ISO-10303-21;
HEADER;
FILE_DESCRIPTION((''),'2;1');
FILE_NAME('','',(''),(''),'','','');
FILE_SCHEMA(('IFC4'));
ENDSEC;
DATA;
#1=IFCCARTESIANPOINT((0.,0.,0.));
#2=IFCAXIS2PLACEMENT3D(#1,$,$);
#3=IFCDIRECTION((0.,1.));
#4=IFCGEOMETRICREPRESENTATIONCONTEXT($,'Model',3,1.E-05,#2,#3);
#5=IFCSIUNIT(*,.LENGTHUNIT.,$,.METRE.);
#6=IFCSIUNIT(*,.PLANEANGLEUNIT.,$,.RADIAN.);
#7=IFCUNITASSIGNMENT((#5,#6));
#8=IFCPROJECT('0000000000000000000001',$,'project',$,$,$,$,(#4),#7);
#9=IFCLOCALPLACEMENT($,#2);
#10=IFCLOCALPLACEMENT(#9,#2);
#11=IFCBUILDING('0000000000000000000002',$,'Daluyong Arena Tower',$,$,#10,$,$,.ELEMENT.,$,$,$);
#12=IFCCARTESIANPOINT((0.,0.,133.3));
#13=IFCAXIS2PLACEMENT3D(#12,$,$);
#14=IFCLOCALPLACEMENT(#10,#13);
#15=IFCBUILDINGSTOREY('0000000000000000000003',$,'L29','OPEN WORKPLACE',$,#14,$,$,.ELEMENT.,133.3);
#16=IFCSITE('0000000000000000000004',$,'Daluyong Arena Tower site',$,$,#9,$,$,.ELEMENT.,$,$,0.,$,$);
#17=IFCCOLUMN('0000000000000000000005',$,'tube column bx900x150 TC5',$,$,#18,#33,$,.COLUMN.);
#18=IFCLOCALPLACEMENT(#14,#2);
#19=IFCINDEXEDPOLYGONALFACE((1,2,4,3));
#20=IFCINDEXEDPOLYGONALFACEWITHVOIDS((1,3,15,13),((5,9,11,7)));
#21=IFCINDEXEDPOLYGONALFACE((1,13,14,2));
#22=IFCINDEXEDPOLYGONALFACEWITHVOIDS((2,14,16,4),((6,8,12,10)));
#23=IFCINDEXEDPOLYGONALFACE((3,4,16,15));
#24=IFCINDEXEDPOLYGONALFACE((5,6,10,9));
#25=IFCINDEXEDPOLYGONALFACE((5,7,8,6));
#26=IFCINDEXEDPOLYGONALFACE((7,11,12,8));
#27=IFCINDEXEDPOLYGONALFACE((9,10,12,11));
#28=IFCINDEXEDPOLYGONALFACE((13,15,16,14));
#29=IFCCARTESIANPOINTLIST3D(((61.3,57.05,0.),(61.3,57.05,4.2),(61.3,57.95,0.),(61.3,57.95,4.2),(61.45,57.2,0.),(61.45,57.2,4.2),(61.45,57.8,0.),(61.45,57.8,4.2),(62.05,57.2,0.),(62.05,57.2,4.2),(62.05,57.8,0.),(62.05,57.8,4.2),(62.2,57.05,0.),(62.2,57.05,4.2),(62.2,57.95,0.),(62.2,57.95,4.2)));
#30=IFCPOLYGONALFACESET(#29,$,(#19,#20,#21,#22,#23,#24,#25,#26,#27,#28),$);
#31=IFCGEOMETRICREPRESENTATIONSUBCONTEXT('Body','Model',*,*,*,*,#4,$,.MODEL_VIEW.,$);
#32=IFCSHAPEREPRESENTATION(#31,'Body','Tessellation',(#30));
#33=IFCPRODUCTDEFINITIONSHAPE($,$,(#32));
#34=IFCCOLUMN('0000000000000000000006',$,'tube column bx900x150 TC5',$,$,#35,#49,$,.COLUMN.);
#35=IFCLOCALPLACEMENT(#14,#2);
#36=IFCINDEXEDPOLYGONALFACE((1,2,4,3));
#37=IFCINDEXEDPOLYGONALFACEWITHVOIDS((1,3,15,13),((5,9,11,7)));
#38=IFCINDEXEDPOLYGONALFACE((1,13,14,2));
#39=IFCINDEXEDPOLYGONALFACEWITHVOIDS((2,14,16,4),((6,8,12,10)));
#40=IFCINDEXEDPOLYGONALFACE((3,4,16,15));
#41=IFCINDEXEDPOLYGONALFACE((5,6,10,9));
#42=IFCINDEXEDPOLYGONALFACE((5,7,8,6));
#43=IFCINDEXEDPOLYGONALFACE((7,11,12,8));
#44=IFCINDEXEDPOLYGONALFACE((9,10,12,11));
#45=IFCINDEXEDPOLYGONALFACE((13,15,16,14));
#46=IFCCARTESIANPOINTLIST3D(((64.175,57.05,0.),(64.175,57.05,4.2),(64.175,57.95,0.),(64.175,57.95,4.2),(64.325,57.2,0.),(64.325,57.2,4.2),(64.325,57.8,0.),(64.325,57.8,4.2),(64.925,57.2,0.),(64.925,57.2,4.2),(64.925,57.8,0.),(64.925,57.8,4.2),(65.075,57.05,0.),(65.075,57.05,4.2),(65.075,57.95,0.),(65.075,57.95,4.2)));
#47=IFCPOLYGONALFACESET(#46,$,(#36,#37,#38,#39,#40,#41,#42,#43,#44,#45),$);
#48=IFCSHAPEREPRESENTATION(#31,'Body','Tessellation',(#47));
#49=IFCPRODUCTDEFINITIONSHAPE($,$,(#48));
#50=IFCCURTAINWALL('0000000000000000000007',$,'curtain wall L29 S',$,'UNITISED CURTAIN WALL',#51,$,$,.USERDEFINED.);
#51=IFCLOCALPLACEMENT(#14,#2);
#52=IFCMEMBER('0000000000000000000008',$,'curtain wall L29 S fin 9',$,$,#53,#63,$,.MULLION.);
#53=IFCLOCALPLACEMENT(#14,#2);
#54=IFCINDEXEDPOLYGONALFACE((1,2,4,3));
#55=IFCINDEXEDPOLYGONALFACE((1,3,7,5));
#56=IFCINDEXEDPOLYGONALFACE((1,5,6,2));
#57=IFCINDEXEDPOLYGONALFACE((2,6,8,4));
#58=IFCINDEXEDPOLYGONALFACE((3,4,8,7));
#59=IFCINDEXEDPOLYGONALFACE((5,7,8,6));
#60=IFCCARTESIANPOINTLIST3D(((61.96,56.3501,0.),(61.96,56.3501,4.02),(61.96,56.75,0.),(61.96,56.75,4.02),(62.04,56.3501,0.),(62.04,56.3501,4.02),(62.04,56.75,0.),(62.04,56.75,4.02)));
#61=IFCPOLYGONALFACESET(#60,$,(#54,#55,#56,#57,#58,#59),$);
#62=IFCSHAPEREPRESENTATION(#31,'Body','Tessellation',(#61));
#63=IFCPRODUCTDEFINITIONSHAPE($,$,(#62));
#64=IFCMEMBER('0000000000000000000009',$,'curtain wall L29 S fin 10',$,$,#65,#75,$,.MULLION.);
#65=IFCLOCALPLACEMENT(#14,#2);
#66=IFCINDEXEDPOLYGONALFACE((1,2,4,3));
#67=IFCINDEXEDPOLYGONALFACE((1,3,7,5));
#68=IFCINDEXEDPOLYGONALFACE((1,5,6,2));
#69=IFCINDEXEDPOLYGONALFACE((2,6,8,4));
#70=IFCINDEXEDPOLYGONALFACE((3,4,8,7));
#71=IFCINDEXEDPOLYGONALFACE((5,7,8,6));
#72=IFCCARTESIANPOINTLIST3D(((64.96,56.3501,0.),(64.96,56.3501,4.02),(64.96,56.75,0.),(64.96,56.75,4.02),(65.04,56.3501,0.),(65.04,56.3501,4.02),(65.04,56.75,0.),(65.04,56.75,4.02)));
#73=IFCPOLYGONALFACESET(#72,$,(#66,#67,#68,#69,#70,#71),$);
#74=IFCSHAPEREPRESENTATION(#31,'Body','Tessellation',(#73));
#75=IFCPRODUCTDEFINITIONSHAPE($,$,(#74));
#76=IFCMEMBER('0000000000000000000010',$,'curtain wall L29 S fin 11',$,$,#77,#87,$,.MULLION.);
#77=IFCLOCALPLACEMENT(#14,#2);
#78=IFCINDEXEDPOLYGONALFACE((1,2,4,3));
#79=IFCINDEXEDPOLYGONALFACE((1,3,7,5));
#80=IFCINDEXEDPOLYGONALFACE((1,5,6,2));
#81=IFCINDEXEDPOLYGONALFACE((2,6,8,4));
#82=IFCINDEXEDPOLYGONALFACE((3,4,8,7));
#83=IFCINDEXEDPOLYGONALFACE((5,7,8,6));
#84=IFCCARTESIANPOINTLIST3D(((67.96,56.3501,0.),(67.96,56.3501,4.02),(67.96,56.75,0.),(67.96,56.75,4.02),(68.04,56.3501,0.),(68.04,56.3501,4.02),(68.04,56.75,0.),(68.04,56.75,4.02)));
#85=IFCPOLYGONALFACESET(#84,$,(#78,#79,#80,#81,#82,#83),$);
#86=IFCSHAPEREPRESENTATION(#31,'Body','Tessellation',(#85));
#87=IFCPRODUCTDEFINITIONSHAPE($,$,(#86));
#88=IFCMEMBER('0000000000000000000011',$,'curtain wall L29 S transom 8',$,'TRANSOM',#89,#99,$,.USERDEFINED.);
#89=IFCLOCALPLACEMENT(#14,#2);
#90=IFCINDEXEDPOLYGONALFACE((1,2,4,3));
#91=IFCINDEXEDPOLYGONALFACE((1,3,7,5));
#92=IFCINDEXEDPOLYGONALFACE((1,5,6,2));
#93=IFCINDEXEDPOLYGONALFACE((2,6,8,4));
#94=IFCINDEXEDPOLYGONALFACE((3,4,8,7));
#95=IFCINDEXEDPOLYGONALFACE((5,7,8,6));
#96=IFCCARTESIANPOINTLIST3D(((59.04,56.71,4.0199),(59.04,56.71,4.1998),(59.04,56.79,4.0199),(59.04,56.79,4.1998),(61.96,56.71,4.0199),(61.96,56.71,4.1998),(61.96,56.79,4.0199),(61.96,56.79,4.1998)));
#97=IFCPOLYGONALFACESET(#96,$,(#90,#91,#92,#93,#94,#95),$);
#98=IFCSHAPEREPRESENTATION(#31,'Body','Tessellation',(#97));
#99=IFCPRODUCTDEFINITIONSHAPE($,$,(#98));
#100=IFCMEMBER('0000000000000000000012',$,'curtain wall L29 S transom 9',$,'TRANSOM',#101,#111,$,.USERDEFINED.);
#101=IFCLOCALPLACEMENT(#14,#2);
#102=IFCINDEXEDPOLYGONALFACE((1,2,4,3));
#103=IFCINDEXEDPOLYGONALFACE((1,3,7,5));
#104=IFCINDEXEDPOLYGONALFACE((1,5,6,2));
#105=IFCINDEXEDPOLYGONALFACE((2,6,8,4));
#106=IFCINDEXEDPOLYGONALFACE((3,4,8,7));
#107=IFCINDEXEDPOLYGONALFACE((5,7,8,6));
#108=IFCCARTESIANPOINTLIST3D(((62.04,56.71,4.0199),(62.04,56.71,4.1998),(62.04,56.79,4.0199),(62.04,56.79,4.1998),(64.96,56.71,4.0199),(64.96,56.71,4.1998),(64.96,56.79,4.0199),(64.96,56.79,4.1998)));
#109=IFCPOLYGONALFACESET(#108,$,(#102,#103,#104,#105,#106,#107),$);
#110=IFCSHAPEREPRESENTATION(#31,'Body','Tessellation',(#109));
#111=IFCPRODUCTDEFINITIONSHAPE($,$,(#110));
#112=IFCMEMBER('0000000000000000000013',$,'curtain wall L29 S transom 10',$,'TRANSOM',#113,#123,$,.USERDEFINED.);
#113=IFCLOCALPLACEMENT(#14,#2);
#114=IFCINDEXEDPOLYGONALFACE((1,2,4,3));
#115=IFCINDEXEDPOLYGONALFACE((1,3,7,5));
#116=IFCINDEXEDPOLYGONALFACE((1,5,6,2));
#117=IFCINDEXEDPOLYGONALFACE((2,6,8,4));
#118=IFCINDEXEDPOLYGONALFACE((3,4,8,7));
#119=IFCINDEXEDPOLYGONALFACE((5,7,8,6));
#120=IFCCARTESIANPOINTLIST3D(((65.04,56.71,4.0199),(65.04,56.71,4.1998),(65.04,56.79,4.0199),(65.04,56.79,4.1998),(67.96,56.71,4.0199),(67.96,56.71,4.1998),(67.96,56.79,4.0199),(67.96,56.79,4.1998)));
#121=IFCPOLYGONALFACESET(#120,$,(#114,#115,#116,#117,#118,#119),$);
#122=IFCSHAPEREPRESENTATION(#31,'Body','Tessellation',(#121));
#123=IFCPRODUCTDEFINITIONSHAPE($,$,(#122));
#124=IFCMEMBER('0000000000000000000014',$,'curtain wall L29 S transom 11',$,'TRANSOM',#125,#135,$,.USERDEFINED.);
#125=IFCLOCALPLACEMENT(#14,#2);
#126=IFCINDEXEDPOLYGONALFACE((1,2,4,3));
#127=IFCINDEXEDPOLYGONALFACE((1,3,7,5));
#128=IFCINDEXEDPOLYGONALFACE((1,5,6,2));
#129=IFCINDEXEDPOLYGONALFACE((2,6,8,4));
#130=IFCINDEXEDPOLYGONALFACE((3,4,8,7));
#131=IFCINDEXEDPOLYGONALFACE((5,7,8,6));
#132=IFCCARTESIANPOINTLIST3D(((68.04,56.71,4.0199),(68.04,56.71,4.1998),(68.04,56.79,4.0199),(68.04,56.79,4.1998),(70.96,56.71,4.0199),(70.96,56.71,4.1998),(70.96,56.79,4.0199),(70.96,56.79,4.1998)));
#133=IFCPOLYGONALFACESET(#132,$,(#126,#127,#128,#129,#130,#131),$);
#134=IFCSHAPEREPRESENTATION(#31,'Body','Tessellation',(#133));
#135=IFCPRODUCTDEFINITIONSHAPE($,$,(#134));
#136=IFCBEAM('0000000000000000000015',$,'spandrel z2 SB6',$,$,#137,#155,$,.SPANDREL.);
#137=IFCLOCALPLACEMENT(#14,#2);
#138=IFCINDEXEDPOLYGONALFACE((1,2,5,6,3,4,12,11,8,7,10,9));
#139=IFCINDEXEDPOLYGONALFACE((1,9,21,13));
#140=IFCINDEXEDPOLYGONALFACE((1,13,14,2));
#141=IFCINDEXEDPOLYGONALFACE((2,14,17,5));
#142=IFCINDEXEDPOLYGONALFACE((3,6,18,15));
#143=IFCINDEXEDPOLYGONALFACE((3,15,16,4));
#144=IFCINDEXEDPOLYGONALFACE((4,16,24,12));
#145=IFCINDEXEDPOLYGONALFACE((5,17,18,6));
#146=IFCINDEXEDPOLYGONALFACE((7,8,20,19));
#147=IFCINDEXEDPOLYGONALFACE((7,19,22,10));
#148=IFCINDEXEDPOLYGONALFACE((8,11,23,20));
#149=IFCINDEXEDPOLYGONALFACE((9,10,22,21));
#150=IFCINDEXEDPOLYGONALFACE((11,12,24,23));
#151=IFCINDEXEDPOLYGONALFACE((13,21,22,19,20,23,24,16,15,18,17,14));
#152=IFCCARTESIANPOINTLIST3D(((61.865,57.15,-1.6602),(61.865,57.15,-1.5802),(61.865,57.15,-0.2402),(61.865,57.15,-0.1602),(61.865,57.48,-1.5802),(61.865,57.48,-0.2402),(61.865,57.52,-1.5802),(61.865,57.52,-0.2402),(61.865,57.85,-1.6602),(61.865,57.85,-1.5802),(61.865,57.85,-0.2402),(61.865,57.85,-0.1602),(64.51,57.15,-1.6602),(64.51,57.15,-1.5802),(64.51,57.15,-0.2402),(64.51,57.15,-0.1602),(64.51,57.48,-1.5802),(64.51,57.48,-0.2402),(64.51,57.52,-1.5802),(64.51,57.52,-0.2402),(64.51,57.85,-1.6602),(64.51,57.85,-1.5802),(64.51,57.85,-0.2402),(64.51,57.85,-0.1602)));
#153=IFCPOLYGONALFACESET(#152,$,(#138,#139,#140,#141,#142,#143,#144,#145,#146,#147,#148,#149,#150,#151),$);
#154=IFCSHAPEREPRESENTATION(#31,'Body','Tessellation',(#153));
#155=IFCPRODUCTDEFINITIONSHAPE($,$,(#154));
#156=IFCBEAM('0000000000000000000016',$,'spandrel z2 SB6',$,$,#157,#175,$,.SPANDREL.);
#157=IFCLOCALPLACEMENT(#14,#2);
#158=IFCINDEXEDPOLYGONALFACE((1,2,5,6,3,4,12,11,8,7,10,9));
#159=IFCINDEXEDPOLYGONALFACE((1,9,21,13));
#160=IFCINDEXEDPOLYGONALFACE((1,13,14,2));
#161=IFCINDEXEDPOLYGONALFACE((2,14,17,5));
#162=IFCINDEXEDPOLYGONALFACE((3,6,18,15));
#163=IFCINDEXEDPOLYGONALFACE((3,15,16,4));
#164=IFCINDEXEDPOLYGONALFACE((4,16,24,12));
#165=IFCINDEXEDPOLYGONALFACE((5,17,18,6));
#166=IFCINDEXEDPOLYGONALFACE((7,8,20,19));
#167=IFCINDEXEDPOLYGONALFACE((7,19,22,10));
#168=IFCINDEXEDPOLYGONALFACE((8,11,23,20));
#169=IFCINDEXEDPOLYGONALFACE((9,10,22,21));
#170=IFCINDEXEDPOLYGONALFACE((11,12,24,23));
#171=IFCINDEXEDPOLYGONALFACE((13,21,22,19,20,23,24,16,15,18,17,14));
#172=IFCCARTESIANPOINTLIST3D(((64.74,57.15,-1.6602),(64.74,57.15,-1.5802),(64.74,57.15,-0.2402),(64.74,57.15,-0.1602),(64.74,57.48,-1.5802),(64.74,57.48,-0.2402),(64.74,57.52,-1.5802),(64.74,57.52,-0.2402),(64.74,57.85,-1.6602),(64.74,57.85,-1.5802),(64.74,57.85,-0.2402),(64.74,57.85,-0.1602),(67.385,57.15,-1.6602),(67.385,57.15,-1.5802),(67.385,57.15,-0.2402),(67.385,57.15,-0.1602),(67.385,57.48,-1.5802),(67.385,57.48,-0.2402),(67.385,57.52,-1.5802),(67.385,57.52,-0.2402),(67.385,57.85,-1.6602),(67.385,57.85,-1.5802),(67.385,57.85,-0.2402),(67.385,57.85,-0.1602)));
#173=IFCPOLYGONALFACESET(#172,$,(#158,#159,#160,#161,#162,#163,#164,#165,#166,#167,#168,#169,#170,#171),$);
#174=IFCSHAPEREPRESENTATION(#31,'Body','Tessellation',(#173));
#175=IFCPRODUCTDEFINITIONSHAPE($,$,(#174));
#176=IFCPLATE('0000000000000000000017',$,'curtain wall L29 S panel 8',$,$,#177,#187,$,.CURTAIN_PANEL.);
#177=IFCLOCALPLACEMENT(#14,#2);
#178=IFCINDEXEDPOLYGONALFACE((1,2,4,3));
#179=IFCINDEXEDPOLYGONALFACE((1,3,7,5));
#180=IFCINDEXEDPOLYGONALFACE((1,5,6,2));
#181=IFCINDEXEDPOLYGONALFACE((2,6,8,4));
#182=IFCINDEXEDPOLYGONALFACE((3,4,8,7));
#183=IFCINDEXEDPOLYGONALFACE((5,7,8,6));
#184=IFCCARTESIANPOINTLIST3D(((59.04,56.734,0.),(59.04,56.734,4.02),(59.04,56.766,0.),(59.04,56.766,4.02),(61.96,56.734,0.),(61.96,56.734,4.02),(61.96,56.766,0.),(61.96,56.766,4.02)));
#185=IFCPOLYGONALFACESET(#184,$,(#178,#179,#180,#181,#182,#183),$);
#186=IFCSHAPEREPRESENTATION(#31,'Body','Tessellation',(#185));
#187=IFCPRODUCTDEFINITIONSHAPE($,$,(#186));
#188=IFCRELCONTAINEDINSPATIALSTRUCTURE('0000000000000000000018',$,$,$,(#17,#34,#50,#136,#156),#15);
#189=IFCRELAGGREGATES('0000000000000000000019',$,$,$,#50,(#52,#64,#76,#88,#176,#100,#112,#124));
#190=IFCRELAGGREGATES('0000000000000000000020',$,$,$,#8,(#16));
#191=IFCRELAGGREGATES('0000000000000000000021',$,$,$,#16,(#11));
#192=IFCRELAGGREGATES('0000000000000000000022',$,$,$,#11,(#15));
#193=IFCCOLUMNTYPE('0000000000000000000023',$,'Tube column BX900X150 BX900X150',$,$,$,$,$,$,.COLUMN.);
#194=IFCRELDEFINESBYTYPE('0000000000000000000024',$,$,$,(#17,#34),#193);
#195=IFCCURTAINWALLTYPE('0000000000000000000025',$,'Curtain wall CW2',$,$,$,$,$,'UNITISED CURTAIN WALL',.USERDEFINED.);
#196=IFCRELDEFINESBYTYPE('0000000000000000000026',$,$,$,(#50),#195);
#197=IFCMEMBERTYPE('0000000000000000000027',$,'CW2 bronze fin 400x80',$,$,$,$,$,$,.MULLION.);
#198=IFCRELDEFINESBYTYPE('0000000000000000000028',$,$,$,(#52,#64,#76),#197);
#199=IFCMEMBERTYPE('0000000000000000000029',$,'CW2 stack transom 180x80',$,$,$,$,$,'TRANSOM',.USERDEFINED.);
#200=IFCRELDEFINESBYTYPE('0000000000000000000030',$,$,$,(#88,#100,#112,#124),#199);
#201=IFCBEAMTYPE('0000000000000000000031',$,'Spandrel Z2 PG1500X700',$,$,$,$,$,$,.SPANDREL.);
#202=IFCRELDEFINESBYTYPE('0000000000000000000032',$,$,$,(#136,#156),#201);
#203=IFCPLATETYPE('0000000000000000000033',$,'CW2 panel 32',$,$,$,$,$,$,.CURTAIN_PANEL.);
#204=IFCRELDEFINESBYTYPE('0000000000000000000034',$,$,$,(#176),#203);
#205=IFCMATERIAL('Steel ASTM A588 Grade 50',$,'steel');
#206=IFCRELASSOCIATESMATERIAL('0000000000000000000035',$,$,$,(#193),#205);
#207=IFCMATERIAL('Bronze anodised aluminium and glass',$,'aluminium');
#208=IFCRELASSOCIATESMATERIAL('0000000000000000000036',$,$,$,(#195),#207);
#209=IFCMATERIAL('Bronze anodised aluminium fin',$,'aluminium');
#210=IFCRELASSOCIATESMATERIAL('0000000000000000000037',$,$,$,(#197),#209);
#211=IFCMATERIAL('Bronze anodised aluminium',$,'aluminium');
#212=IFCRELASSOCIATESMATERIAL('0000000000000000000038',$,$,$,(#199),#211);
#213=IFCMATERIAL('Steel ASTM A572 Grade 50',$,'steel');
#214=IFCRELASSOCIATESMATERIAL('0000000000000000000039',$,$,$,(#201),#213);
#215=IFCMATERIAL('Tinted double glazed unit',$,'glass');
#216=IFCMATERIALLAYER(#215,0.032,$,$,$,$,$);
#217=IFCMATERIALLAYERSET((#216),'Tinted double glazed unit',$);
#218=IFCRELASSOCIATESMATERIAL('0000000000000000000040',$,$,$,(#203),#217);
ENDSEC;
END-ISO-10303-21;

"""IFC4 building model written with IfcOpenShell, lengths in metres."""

from ifc_helpers import new_model, si_unit, direction, frame, origin, origin_2d, place, context, subcontext, project, spatial, rectangle, hollow_rectangle, i_section, extrude, material, layer, layer_set, material_profile, profile_set, type_object, element, aggregate, save


model = new_model("IFC4")

# Units and contexts
model_context = context("Model", 3, precision=1e-05, world=origin(), true_north=direction((0.0, 1.0)))
body_context = subcontext(model_context, "Body", "Model", "MODEL_VIEW")
ifc_project = project(units=[si_unit("LENGTHUNIT", "METRE"), si_unit("PLANEANGLEUNIT", "RADIAN")], contexts=[model_context])

# Site, building, storey
site_placement = place(None, origin())
site = spatial("IfcSite", under=ifc_project, at=site_placement, Name="Daluyong Arena Tower site", CompositionType="ELEMENT", RefElevation=0.0)
building_placement = place(site_placement, origin())
building = spatial("IfcBuilding", under=site, at=building_placement, Name="Daluyong Arena Tower", CompositionType="ELEMENT")
storey_placement = place(building_placement, frame((0.0, 0.0, 133.3)))
storey = spatial("IfcBuildingStorey", under=building, at=storey_placement, Name="L29", Description="OPEN WORKPLACE", CompositionType="ELEMENT", Elevation=133.3)

# Columns
ifc_material_1 = material(Name="Steel ASTM A588 Grade 50", Category="steel")
ifc_material_profile_1 = material_profile(ifc_material_1, hollow_rectangle(XDim=0.8999, YDim=0.8999, WallThickness=0.15, at=origin_2d()))
ifc_profile_set_1 = profile_set([ifc_material_profile_1], Name="Steel ASTM A588 Grade 50")
column_type = type_object("IfcColumnType", Name="Tube column BX900X150 BX900X150", PredefinedType="COLUMN", material=ifc_profile_set_1)
for number, where, z_axis, x_axis, name in (
    (1, (61.75, 57.5, 0.0), (0.0, 0.0, 1.0), (1.0, 0.0, 0.0), "tube column bx900x150 TC5"),
    (2, (64.625, 57.5, 0.0), (0.0, 0.0, 1.0), (1.0, 0.0, 0.0), "tube column bx900x150 TC5"),
):
    element("IfcColumn", number, at=place(storey_placement, frame(where, z_axis=z_axis, x_axis=x_axis)), inside=storey, type_object=column_type, Name=name, PredefinedType="COLUMN", context=body_context, shape_type="SweptSolid", body=[
        extrude(hollow_rectangle(XDim=0.8999, YDim=0.8999, WallThickness=0.15, at=origin_2d()), origin(), (0.0, 0.0, 1.0), 4.2),
    ])

# Curtain wall, members
ifc_material_2 = material(Name="Bronze anodised aluminium and glass", Category="aluminium")
curtain_wall_type = type_object("IfcCurtainWallType", Name="Curtain wall CW2", ElementType="UNITISED CURTAIN WALL", PredefinedType="USERDEFINED", material=ifc_material_2)
curtain_wall_placement = place(storey_placement, origin())
curtain_wall = element("IfcCurtainWall", 3, at=curtain_wall_placement, inside=storey, type_object=curtain_wall_type, Name="curtain wall L29 S", ObjectType="UNITISED CURTAIN WALL", PredefinedType="USERDEFINED")
ifc_material_3 = material(Name="Bronze anodised aluminium fin", Category="aluminium")
ifc_material_profile_2 = material_profile(ifc_material_3, rectangle(XDim=0.3999, YDim=0.0801, at=origin_2d()))
ifc_profile_set_2 = profile_set([ifc_material_profile_2], Name="Bronze anodised aluminium fin")
member_type_1 = type_object("IfcMemberType", Name="CW2 bronze fin 400x80", PredefinedType="MULLION", material=ifc_profile_set_2)
member_1_placement = place(storey_placement, frame((62.0, 56.55, 0.0), z_axis=(0.0, 0.0, 1.0), x_axis=(0.0, 1.0, 0.0)))
member_1 = element("IfcMember", 4, at=member_1_placement, type_object=member_type_1, Name="curtain wall L29 S fin 9", PredefinedType="MULLION", context=body_context, shape_type="SweptSolid", body=[
    extrude(rectangle(XDim=0.3999, YDim=0.0801, at=origin_2d()), origin(), (0.0, 0.0, 1.0), 4.02),
])
member_2_placement = place(storey_placement, frame((65.0, 56.55, 0.0), z_axis=(0.0, 0.0, 1.0), x_axis=(0.0, 1.0, 0.0)))
member_2 = element("IfcMember", 5, at=member_2_placement, type_object=member_type_1, Name="curtain wall L29 S fin 10", PredefinedType="MULLION", context=body_context, shape_type="SweptSolid", body=[
    extrude(rectangle(XDim=0.3999, YDim=0.0801, at=origin_2d()), origin(), (0.0, 0.0, 1.0), 4.02),
])
member_3_placement = place(storey_placement, frame((68.0, 56.55, 0.0), z_axis=(0.0, 0.0, 1.0), x_axis=(0.0, 1.0, 0.0)))
member_3 = element("IfcMember", 6, at=member_3_placement, type_object=member_type_1, Name="curtain wall L29 S fin 11", PredefinedType="MULLION", context=body_context, shape_type="SweptSolid", body=[
    extrude(rectangle(XDim=0.3999, YDim=0.0801, at=origin_2d()), origin(), (0.0, 0.0, 1.0), 4.02),
])
ifc_material_4 = material(Name="Bronze anodised aluminium", Category="aluminium")
ifc_material_profile_3 = material_profile(ifc_material_4, rectangle(XDim=0.0801, YDim=0.1799, at=origin_2d()))
ifc_profile_set_3 = profile_set([ifc_material_profile_3], Name="Bronze anodised aluminium")
member_type_2 = type_object("IfcMemberType", Name="CW2 stack transom 180x80", ElementType="TRANSOM", PredefinedType="USERDEFINED", material=ifc_profile_set_3)
member_4_placement = place(storey_placement, frame((59.04, 56.75, 4.1099), z_axis=(1.0, 0.0, 0.0), x_axis=(0.0, 1.0, 0.0)))
member_4 = element("IfcMember", 7, at=member_4_placement, type_object=member_type_2, Name="curtain wall L29 S transom 8", ObjectType="TRANSOM", PredefinedType="USERDEFINED", context=body_context, shape_type="SweptSolid", body=[
    extrude(rectangle(XDim=0.0801, YDim=0.1799, at=origin_2d()), origin(), (0.0, 0.0, 1.0), 2.9199),
])
member_5_placement = place(storey_placement, frame((62.04, 56.75, 4.1099), z_axis=(1.0, 0.0, 0.0), x_axis=(0.0, 1.0, 0.0)))
member_5 = element("IfcMember", 8, at=member_5_placement, type_object=member_type_2, Name="curtain wall L29 S transom 9", ObjectType="TRANSOM", PredefinedType="USERDEFINED", context=body_context, shape_type="SweptSolid", body=[
    extrude(rectangle(XDim=0.0801, YDim=0.1799, at=origin_2d()), origin(), (0.0, 0.0, 1.0), 2.9199),
])
member_6_placement = place(storey_placement, frame((65.04, 56.75, 4.1099), z_axis=(1.0, 0.0, 0.0), x_axis=(0.0, 1.0, 0.0)))
member_6 = element("IfcMember", 9, at=member_6_placement, type_object=member_type_2, Name="curtain wall L29 S transom 10", ObjectType="TRANSOM", PredefinedType="USERDEFINED", context=body_context, shape_type="SweptSolid", body=[
    extrude(rectangle(XDim=0.0801, YDim=0.1799, at=origin_2d()), origin(), (0.0, 0.0, 1.0), 2.9199),
])
member_7_placement = place(storey_placement, frame((68.04, 56.75, 4.1099), z_axis=(1.0, 0.0, 0.0), x_axis=(0.0, 1.0, 0.0)))
member_7 = element("IfcMember", 10, at=member_7_placement, type_object=member_type_2, Name="curtain wall L29 S transom 11", ObjectType="TRANSOM", PredefinedType="USERDEFINED", context=body_context, shape_type="SweptSolid", body=[
    extrude(rectangle(XDim=0.0801, YDim=0.1799, at=origin_2d()), origin(), (0.0, 0.0, 1.0), 2.9199),
])

# Beams
ifc_material_5 = material(Name="Steel ASTM A572 Grade 50", Category="steel")
ifc_material_profile_4 = material_profile(ifc_material_5, i_section(OverallWidth=0.7, OverallDepth=1.5, WebThickness=0.04, FlangeThickness=0.08, at=origin_2d()))
ifc_profile_set_4 = profile_set([ifc_material_profile_4], Name="Steel ASTM A572 Grade 50")
beam_type = type_object("IfcBeamType", Name="Spandrel Z2 PG1500X700", PredefinedType="SPANDREL", material=ifc_profile_set_4)
for number, where, z_axis, x_axis, name in (
    (11, (61.865, 57.5, -0.9102), (1.0, 0.0, 0.0), (0.0, 1.0, 0.0), "spandrel z2 SB6"),
    (12, (64.74, 57.5, -0.9102), (1.0, 0.0, 0.0), (0.0, 1.0, 0.0), "spandrel z2 SB6"),
):
    element("IfcBeam", number, at=place(storey_placement, frame(where, z_axis=z_axis, x_axis=x_axis)), inside=storey, type_object=beam_type, Name=name, PredefinedType="SPANDREL", context=body_context, shape_type="SweptSolid", body=[
        extrude(i_section(OverallWidth=0.7, OverallDepth=1.5, WebThickness=0.04, FlangeThickness=0.08, at=origin_2d()), origin(), (0.0, 0.0, 1.0), 2.645),
    ])

# Plate
ifc_material_6 = material(Name="Tinted double glazed unit", Category="glass")
ifc_layer = layer(ifc_material_6, 0.032)
ifc_layer_set = layer_set([ifc_layer], Name="Tinted double glazed unit")
plate_type = type_object("IfcPlateType", Name="CW2 panel 32", PredefinedType="CURTAIN_PANEL", material=ifc_layer_set)
plate_1_placement = place(storey_placement, frame((60.5, 56.75, 0.0), z_axis=(0.0, 0.0, 1.0), x_axis=(1.0, 0.0, 0.0)))
plate_1 = element("IfcPlate", 13, at=plate_1_placement, type_object=plate_type, Name="curtain wall L29 S panel 8", PredefinedType="CURTAIN_PANEL", context=body_context, shape_type="SweptSolid", body=[
    extrude(rectangle(XDim=2.9199, YDim=0.032, at=origin_2d()), origin(), (0.0, 0.0, 1.0), 4.02),
])
aggregate(curtain_wall, [member_1, member_2, member_3, member_4, plate_1, member_5, member_6, member_7])

save(model, "model.ifc")
